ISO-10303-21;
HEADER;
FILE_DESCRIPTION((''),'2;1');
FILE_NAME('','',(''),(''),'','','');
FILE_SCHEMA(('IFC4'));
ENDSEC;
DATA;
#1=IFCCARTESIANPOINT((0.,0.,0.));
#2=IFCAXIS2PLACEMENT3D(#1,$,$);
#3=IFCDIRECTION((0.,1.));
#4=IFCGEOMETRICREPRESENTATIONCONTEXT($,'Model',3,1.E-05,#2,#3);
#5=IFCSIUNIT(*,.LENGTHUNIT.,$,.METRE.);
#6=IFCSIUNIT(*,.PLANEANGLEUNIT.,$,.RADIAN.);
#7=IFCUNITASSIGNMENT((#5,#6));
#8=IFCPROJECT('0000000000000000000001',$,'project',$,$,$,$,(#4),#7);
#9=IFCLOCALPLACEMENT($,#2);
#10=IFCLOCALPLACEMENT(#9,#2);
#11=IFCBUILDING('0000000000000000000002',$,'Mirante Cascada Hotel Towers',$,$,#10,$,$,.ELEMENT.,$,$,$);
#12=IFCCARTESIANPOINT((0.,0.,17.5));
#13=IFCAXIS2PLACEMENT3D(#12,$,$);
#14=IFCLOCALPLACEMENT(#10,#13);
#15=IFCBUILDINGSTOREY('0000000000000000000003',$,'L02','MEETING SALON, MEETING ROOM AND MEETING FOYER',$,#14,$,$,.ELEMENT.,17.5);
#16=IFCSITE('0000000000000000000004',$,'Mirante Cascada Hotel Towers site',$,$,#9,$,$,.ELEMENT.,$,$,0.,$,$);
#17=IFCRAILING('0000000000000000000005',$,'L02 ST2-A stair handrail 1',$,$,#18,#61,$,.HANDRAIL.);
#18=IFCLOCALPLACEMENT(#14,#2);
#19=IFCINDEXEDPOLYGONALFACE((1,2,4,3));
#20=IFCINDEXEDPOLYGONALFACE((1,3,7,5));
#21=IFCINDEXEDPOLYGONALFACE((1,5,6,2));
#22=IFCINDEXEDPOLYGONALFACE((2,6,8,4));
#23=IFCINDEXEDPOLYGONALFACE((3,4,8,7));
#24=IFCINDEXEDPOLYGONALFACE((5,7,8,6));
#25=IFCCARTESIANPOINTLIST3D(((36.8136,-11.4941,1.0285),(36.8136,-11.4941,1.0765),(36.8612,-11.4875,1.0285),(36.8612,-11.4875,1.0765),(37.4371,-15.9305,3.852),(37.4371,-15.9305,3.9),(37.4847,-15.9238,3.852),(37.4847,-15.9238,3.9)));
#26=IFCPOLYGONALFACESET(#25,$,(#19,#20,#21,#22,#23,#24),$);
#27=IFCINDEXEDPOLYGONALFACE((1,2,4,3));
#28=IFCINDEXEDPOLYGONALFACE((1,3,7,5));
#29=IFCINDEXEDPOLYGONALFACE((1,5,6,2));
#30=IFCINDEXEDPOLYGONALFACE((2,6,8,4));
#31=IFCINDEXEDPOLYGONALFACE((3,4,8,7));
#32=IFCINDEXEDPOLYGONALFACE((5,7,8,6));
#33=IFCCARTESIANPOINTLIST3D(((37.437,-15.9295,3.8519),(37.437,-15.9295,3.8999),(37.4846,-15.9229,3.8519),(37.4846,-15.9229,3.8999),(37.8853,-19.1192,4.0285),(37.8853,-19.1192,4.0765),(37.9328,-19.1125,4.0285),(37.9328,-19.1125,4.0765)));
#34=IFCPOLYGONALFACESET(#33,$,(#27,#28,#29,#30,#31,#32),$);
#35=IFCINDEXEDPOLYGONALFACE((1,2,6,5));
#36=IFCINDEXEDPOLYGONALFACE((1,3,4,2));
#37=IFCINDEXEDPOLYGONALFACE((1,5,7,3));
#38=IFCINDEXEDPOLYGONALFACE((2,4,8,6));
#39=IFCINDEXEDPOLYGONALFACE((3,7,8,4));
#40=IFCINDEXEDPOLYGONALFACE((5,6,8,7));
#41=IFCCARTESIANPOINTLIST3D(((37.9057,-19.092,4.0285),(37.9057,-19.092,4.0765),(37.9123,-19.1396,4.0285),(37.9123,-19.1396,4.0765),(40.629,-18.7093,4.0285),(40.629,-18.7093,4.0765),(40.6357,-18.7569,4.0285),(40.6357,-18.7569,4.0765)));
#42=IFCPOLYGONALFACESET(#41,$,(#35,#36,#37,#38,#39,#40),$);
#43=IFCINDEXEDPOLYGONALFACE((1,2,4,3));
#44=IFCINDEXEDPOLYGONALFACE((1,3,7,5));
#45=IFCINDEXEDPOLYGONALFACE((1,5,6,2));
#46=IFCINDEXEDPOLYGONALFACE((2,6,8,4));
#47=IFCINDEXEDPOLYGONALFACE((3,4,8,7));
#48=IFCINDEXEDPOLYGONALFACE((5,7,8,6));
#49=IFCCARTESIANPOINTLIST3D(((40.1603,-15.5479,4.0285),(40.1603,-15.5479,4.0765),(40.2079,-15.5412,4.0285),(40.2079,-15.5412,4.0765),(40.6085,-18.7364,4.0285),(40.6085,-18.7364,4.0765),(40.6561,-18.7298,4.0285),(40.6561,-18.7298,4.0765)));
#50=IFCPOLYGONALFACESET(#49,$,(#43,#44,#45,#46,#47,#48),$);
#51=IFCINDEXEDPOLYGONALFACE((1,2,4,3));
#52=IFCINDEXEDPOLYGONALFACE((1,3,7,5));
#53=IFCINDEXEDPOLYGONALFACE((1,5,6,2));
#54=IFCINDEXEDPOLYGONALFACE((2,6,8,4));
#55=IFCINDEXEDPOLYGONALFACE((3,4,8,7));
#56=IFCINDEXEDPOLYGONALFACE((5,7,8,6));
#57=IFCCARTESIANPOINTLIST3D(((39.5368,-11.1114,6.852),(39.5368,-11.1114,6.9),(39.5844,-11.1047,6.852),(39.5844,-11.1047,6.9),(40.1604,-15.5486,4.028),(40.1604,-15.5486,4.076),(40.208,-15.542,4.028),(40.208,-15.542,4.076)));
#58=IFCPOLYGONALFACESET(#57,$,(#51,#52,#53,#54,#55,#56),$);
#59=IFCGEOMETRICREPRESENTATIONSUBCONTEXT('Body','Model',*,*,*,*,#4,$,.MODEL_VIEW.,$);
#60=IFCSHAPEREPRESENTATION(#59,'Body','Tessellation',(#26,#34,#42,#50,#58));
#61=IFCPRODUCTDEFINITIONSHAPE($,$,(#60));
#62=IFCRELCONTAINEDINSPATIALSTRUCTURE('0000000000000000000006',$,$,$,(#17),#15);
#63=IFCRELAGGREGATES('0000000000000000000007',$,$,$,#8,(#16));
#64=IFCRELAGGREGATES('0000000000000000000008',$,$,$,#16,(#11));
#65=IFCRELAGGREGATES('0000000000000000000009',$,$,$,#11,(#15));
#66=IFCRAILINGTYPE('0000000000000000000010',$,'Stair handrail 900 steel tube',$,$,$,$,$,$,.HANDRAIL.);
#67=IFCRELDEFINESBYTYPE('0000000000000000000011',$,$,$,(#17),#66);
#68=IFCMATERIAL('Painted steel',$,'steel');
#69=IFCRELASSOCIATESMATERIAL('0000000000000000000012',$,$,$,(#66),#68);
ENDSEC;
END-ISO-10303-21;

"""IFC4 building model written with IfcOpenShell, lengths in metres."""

from ifc_helpers import new_model, si_unit, direction, frame, origin, origin_2d, place, context, subcontext, project, spatial, rectangle, extrude, material, type_object, element, save


model = new_model("IFC4")

# Units and contexts
model_context = context("Model", 3, precision=1e-05, world=origin(), true_north=direction((0.0, 1.0)))
body_context = subcontext(model_context, "Body", "Model", "MODEL_VIEW")
ifc_project = project(units=[si_unit("LENGTHUNIT", "METRE"), si_unit("PLANEANGLEUNIT", "RADIAN")], contexts=[model_context])

# Site, building, storey
site_placement = place(None, origin())
site = spatial("IfcSite", under=ifc_project, at=site_placement, Name="Mirante Cascada Hotel Towers site", CompositionType="ELEMENT", RefElevation=0.0)
building_placement = place(site_placement, origin())
building = spatial("IfcBuilding", under=site, at=building_placement, Name="Mirante Cascada Hotel Towers", CompositionType="ELEMENT")
storey_placement = place(building_placement, frame((0.0, 0.0, 17.5)))
storey = spatial("IfcBuildingStorey", under=building, at=storey_placement, Name="L02", Description="MEETING SALON, MEETING ROOM AND MEETING FOYER", CompositionType="ELEMENT", Elevation=17.5)

# Railing
ifc_material_1 = material(Name="Painted steel", Category="steel")
railing_type_1 = type_object("IfcRailingType", Name="Stair handrail 900 steel tube", PredefinedType="HANDRAIL", material=ifc_material_1)
railing_1_placement = place(storey_placement, frame((36.8374, -11.4908, 0.1765)))
element("IfcRailing", 1, at=railing_1_placement, inside=storey, type_object=railing_type_1, Name="L02 ST2-A stair handrail 1", PredefinedType="HANDRAIL", context=body_context, shape_type="SweptSolid", body=[
    extrude(rectangle(XDim=0.048, YDim=0.048, at=origin_2d()), frame((0.0, 0.0, 0.876), z_axis=(0.139174, -0.990268, 0.0), x_axis=(0.990268, 0.139174, 0.0)), (0.0, 0.533186, 0.845998), 5.2955),
    extrude(rectangle(XDim=0.048, YDim=0.048, at=origin_2d()), frame((0.6234, -4.4354, 3.6994), z_axis=(0.139164, -0.990269, 0.0), x_axis=(0.990269, 0.139164, 0.0)), (0.0, 0.054733, 0.998501), 3.2258),
    extrude(rectangle(XDim=0.048, YDim=0.048, at=origin_2d()), frame((1.0716, -7.625, 3.876), z_axis=(0.99027, 0.139161, 0.0), x_axis=(-0.139161, 0.99027, 0.0)), (0.0, 0.0, 1.0), 2.7501),
    extrude(rectangle(XDim=0.048, YDim=0.048, at=origin_2d()), frame((3.7949, -7.2423, 3.876), z_axis=(-0.139195, 0.990265, 0.0), x_axis=(-0.990265, -0.139195, 0.0)), (0.0, 0.0, 1.0), 3.2199),
    extrude(rectangle(XDim=0.048, YDim=0.048, at=origin_2d()), frame((3.3468, -4.0545, 3.8755), z_axis=(-0.139174, 0.990268, 0.0), x_axis=(-0.990268, -0.139174, 0.0)), (0.0, 0.533186, 0.845998), 5.2965),
])

save(model, "model.ifc")
